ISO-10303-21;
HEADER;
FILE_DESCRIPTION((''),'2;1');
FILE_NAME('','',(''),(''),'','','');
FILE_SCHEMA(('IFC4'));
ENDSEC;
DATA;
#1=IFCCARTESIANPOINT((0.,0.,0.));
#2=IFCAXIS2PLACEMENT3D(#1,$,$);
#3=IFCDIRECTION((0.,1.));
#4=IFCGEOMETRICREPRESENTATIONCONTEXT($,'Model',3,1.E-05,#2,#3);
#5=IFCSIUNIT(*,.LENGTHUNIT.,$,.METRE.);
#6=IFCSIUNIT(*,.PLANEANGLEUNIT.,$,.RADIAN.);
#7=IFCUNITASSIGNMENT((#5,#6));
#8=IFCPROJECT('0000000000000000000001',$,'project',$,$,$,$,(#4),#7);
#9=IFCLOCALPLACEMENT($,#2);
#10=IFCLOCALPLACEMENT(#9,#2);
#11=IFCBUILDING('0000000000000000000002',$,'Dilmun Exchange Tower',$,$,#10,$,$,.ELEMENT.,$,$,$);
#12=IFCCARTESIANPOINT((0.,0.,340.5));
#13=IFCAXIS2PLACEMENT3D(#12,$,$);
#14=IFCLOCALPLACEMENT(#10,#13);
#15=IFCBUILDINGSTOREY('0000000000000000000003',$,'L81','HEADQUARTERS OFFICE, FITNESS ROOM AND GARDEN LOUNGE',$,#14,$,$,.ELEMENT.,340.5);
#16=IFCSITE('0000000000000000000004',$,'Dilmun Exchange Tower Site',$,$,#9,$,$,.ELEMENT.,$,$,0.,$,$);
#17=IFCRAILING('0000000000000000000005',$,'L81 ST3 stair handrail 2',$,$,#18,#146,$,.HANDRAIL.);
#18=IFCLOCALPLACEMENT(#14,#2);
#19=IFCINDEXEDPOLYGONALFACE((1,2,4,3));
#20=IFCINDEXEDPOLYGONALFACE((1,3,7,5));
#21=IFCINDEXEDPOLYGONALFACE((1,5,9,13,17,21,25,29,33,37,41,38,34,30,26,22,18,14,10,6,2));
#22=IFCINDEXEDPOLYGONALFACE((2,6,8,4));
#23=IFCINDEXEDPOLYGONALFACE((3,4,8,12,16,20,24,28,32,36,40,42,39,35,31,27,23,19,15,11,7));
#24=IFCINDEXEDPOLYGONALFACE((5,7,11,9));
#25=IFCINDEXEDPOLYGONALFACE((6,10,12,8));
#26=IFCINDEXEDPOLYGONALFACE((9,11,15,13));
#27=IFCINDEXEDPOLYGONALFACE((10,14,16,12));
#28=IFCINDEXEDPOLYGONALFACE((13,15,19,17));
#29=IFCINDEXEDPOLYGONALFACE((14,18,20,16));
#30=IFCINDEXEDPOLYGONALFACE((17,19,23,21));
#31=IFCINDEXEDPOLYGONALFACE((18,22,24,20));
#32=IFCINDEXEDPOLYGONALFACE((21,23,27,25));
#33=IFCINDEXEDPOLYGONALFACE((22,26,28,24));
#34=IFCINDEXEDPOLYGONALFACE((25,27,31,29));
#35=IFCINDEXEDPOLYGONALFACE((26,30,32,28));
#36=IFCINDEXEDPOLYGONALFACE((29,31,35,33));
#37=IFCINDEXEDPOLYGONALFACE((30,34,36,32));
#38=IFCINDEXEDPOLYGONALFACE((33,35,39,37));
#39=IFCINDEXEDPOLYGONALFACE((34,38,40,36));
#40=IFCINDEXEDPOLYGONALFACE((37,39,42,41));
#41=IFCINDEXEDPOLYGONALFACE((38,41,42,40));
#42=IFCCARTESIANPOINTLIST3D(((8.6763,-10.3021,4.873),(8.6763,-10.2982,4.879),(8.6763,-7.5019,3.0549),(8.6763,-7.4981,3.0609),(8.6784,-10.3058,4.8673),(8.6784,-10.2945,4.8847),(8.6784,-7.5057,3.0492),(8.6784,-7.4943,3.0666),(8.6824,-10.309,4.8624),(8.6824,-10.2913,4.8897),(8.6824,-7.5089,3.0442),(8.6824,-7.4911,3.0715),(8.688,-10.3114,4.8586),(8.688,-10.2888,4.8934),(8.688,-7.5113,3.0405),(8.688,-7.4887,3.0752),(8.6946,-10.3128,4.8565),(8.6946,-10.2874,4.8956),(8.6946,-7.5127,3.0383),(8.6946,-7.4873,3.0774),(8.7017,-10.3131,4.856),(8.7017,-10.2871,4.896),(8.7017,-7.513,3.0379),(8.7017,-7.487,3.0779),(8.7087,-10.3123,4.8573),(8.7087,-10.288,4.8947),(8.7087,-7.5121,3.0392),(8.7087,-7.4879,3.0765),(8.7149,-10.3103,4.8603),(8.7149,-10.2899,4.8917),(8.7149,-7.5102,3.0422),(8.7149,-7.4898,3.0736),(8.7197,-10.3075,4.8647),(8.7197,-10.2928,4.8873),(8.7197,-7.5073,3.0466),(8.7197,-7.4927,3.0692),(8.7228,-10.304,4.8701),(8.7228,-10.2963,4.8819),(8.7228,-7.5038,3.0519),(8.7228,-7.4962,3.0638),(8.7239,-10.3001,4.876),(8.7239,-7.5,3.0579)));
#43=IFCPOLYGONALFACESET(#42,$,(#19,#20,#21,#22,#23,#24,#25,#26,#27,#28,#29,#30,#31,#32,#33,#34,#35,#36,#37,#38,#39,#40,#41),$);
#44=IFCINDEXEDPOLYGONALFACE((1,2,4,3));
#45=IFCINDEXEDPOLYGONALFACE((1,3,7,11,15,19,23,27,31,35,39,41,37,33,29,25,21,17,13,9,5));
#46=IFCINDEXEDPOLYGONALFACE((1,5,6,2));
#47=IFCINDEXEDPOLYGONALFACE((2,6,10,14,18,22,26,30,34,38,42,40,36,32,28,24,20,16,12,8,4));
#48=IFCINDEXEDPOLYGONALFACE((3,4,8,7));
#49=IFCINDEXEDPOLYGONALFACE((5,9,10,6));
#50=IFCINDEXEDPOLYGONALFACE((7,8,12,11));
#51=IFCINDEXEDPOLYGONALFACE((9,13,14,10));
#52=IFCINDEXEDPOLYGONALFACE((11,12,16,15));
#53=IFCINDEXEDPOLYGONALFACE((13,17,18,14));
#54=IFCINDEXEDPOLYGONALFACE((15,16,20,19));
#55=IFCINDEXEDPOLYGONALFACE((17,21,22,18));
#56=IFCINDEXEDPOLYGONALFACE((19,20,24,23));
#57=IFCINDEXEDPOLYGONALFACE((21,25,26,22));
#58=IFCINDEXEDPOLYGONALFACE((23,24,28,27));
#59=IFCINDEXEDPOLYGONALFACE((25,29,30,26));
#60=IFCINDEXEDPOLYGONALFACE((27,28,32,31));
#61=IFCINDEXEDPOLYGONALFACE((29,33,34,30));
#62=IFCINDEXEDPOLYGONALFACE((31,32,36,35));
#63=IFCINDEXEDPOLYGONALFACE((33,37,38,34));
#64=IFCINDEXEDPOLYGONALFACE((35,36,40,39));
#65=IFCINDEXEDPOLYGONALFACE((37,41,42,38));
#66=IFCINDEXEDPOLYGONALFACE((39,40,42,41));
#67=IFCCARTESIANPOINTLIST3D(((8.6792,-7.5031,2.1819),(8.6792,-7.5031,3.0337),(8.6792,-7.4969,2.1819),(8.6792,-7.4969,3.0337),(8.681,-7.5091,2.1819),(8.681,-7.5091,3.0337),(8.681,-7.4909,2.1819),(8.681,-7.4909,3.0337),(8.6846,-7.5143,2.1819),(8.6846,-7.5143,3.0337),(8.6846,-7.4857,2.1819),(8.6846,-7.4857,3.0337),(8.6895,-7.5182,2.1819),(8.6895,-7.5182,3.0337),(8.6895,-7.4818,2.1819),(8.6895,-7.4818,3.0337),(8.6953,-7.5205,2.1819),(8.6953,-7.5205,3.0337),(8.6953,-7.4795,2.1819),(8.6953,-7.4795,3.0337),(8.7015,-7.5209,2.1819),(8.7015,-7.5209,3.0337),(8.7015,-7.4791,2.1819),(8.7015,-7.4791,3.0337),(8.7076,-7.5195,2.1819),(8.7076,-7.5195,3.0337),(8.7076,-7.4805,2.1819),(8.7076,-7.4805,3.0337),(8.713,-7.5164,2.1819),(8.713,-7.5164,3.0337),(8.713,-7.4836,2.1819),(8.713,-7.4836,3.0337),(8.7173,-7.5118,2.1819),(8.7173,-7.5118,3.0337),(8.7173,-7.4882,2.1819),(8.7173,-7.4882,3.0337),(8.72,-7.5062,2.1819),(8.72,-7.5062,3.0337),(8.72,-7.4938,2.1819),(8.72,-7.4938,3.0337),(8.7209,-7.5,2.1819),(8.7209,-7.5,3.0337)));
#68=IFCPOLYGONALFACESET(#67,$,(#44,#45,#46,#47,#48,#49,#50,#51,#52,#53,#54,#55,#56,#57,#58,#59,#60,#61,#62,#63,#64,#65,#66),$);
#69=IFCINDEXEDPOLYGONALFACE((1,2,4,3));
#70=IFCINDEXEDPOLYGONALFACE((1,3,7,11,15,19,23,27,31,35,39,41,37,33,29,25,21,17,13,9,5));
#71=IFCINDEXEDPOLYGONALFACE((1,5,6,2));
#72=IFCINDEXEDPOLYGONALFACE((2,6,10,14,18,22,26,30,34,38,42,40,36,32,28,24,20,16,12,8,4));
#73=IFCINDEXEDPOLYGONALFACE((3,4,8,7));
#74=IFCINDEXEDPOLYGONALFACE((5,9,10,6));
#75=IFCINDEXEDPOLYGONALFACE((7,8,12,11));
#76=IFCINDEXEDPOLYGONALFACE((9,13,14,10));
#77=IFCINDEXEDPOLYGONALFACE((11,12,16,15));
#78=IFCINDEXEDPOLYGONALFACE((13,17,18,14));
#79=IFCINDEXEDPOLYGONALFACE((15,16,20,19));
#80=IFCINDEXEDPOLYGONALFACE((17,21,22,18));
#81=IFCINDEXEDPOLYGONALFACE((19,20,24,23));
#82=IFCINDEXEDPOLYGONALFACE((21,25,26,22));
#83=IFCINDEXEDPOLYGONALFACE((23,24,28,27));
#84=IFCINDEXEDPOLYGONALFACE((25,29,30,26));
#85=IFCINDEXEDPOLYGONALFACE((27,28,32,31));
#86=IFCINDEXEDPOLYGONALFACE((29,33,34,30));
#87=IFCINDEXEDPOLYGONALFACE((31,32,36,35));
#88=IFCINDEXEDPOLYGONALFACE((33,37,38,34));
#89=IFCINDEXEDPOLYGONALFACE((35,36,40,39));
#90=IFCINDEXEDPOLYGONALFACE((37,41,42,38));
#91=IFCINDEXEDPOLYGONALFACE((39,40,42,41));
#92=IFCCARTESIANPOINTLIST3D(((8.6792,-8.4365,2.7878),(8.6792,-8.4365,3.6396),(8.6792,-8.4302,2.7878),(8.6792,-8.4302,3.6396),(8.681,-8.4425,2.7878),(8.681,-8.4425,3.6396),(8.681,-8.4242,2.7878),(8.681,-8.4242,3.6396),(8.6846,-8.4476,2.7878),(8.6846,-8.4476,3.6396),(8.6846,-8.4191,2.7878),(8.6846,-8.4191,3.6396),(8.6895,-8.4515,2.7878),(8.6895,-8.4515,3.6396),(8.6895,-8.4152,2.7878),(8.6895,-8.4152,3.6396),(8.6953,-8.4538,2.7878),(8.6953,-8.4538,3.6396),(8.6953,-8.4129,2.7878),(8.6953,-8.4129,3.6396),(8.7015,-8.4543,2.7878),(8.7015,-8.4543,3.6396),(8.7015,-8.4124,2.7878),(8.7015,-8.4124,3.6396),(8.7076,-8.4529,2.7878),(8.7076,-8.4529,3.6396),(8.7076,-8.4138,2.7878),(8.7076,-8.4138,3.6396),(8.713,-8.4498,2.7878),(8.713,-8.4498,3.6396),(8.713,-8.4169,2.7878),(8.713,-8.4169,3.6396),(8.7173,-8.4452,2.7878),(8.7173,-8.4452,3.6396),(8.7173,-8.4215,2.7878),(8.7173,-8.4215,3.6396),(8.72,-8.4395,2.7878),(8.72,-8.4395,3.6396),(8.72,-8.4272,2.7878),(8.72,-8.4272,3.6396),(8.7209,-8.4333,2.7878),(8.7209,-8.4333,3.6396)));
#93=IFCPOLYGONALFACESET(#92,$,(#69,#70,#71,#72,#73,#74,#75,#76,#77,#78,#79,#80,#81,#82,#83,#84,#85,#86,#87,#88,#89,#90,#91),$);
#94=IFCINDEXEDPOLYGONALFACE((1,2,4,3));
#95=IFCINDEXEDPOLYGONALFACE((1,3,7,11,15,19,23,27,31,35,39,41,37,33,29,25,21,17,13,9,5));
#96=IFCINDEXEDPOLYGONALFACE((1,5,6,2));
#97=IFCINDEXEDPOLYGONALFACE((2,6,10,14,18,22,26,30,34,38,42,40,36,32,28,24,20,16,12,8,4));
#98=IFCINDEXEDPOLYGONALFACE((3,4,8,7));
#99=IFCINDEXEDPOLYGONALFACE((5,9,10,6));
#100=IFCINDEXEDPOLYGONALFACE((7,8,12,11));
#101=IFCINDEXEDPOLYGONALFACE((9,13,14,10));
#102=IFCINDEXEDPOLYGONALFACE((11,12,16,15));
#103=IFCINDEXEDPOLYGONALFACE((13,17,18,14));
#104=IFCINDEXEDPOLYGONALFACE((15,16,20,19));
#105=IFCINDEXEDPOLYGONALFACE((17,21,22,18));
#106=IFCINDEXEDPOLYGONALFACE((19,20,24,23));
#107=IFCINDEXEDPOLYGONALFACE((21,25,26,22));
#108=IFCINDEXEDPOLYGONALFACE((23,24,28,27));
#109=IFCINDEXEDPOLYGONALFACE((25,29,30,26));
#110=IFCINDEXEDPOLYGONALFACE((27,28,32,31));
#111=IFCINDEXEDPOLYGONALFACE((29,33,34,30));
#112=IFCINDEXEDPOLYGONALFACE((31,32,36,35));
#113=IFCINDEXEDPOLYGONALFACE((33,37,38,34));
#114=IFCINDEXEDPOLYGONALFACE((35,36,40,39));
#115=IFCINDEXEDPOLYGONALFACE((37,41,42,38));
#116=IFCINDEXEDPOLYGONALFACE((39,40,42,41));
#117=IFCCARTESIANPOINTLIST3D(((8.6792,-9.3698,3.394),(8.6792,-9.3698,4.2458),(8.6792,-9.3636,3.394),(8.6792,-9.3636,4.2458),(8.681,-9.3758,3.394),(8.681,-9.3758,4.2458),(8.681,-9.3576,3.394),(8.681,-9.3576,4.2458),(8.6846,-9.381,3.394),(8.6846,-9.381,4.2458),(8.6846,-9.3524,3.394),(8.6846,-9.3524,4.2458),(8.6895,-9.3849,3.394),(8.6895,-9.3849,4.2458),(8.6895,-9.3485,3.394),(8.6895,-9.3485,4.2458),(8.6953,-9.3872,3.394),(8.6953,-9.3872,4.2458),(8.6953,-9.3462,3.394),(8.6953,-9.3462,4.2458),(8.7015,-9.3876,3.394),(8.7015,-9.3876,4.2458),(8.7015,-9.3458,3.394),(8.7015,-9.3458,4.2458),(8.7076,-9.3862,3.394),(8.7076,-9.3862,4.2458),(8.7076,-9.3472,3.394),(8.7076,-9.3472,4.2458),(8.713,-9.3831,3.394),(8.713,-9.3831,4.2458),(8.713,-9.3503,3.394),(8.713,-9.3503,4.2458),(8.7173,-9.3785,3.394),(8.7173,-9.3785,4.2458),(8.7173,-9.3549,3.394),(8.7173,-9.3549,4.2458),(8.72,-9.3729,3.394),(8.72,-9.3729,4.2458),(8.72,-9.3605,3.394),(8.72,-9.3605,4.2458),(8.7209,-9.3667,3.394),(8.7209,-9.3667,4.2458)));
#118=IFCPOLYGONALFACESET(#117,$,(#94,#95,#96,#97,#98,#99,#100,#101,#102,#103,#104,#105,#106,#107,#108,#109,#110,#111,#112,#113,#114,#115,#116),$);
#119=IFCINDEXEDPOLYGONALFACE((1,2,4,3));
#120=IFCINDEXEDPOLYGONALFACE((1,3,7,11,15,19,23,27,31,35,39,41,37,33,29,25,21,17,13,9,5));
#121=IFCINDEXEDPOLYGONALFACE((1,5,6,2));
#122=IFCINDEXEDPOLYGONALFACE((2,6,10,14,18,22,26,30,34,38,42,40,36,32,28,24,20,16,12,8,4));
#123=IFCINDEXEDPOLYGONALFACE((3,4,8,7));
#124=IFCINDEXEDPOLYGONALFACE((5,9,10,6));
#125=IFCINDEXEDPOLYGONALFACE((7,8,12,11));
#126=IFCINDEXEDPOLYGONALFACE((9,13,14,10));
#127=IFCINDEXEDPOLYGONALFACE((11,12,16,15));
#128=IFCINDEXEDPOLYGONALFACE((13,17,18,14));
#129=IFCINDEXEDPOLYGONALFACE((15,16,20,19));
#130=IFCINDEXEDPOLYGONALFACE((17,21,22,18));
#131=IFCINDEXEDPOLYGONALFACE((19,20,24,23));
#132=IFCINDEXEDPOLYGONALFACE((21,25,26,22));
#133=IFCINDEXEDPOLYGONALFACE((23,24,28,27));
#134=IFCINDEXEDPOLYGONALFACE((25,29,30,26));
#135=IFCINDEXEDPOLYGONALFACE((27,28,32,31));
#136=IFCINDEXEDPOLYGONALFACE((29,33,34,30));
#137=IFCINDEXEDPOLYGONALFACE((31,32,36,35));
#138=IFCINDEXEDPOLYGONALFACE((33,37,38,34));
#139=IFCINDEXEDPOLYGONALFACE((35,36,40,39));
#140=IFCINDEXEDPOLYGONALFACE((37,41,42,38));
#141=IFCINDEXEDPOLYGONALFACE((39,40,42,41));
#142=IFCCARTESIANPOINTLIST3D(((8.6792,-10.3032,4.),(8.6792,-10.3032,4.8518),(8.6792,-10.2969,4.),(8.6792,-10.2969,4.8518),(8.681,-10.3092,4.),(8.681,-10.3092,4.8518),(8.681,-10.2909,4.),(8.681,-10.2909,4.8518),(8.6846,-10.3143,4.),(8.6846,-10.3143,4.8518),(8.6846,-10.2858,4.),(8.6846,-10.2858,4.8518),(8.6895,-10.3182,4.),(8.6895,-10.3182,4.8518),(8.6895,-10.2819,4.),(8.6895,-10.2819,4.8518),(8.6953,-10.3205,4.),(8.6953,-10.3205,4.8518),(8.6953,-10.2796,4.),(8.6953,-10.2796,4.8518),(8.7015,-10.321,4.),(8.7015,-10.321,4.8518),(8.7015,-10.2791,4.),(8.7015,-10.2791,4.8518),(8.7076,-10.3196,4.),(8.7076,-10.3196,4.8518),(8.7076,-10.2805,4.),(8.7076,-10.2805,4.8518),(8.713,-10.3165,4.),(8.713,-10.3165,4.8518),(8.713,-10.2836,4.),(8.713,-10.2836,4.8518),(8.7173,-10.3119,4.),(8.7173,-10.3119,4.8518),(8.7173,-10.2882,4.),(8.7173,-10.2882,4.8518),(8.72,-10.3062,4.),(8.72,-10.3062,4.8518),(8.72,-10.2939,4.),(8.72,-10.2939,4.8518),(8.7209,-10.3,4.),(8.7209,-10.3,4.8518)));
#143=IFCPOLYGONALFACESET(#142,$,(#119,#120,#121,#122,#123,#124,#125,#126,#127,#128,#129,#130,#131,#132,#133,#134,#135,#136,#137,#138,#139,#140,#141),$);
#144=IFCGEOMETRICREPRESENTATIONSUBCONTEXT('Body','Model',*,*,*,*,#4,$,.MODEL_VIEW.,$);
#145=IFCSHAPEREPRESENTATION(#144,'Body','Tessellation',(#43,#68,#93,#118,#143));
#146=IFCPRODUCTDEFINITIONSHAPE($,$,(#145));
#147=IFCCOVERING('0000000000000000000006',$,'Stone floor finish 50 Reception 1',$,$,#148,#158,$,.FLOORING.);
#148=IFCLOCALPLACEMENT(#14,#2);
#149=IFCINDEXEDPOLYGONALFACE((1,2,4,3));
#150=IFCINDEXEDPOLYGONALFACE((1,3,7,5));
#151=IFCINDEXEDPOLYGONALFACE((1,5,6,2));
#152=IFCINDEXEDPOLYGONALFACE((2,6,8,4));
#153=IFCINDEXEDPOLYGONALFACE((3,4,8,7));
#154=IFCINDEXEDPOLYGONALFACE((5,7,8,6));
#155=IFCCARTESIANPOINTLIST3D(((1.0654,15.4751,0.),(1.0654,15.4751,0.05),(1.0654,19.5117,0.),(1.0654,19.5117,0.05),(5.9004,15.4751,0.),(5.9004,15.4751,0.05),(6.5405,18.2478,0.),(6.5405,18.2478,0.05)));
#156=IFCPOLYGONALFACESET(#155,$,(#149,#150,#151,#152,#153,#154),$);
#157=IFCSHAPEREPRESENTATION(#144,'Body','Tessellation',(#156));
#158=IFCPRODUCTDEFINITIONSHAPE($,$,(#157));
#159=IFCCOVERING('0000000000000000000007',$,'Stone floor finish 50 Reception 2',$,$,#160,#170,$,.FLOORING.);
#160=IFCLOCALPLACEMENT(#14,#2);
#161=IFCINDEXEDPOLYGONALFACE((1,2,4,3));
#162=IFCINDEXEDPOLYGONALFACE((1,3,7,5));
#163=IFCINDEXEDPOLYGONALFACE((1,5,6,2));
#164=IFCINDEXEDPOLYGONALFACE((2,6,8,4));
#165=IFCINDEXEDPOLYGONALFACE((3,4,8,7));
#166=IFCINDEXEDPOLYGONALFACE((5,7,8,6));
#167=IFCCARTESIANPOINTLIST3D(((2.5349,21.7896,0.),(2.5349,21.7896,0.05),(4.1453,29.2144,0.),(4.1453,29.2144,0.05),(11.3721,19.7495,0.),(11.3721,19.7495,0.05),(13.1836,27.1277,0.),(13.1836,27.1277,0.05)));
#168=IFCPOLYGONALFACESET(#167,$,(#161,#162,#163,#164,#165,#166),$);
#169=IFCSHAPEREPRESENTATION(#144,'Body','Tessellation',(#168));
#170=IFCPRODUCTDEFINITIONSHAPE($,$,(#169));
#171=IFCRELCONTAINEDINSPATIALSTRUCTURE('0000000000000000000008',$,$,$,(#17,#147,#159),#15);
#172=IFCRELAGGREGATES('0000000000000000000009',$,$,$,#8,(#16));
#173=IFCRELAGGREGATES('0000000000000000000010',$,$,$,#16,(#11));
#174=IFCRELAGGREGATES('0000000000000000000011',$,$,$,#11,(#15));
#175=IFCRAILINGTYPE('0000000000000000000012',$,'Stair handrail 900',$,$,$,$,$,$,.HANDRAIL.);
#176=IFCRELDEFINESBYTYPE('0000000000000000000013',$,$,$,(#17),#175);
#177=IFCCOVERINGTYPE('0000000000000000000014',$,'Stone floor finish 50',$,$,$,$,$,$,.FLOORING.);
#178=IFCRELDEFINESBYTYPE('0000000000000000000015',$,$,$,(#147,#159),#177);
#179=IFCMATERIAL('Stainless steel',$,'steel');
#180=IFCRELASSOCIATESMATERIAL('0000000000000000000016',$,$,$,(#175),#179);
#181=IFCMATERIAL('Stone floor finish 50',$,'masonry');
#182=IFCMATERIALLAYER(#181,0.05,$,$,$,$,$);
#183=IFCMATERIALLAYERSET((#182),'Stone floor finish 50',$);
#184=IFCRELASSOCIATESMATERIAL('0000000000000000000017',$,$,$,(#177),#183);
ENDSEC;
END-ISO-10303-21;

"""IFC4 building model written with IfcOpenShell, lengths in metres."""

from ifc_helpers import new_model, si_unit, direction, frame, origin, origin_2d, place, context, subcontext, project, spatial, polyline, circle, outline, extrude, material, layer, layer_set, type_object, element, save


model = new_model("IFC4")

# Units and contexts
model_context = context("Model", 3, precision=1e-05, world=origin(), true_north=direction((0.0, 1.0)))
body_context = subcontext(model_context, "Body", "Model", "MODEL_VIEW")
ifc_project = project(units=[si_unit("LENGTHUNIT", "METRE"), si_unit("PLANEANGLEUNIT", "RADIAN")], contexts=[model_context])

# Site, building, storey
site_placement = place(None, origin())
site = spatial("IfcSite", under=ifc_project, at=site_placement, Name="Dilmun Exchange Tower Site", CompositionType="ELEMENT", RefElevation=0.0)
building_placement = place(site_placement, origin())
building = spatial("IfcBuilding", under=site, at=building_placement, Name="Dilmun Exchange Tower", CompositionType="ELEMENT")
storey_placement = place(building_placement, frame((0.0, 0.0, 340.5)))
storey = spatial("IfcBuildingStorey", under=building, at=storey_placement, Name="L81", Description="HEADQUARTERS OFFICE, FITNESS ROOM AND GARDEN LOUNGE", CompositionType="ELEMENT", Elevation=340.5)

# Railing
ifc_material_1 = material(Name="Stainless steel", Category="steel")
railing_type = type_object("IfcRailingType", Name="Stair handrail 900", PredefinedType="HANDRAIL", material=ifc_material_1)
railing_placement = place(storey_placement, frame((8.7, -7.5, 2.1819)))
element("IfcRailing", 1, at=railing_placement, inside=storey, type_object=railing_type, Name="L81 ST3 stair handrail 2", PredefinedType="HANDRAIL", context=body_context, shape_type="SweptSolid", body=[
    extrude(circle(Radius=0.0239, at=origin_2d()), frame((0.0, 0.0, 0.876), z_axis=(0.0, -0.838706, 0.544585), x_axis=(1.0, 0.0, 0.0)), (0.0, 0.0, 1.0), 3.3386),
    extrude(circle(Radius=0.021, at=origin_2d()), origin(), (0.0, 0.0, 1.0), 0.8518),
    extrude(circle(Radius=0.021, at=origin_2d()), frame((0.0, -0.9333, 0.606)), (0.0, 0.0, 1.0), 0.8518),
    extrude(circle(Radius=0.021, at=origin_2d()), frame((0.0, -1.8667, 1.2122)), (0.0, 0.0, 1.0), 0.8518),
    extrude(circle(Radius=0.021, at=origin_2d()), frame((0.0, -2.8, 1.8181)), (0.0, 0.0, 1.0), 0.8518),
])

# Coverings
ifc_material_2 = material(Name="Stone floor finish 50", Category="masonry")
ifc_layer_1 = layer(ifc_material_2, 0.05)
ifc_layer_set_1 = layer_set([ifc_layer_1], Name="Stone floor finish 50")
covering_type_1 = type_object("IfcCoveringType", Name="Stone floor finish 50", PredefinedType="FLOORING", material=ifc_layer_set_1)
covering_1_placement = place(storey_placement, origin())
element("IfcCovering", 2, at=covering_1_placement, inside=storey, type_object=covering_type_1, Name="Stone floor finish 50 Reception 1", PredefinedType="FLOORING", context=body_context, shape_type="SweptSolid", body=[
    extrude(outline(polyline([(5.9004, 15.4751), (1.0654, 15.4751), (1.0654, 19.5117), (6.5405, 18.2478), (5.9004, 15.4751)])), origin(), (0.0, 0.0, 1.0), 0.05),
])
covering_2_placement = place(storey_placement, origin())
element("IfcCovering", 3, at=covering_2_placement, inside=storey, type_object=covering_type_1, Name="Stone floor finish 50 Reception 2", PredefinedType="FLOORING", context=body_context, shape_type="SweptSolid", body=[
    extrude(outline(polyline([(2.5349, 21.7896), (4.1453, 29.2144), (13.1836, 27.1277), (11.3721, 19.7495), (2.5349, 21.7896)])), origin(), (0.0, 0.0, 1.0), 0.05),
])

save(model, "model.ifc")
